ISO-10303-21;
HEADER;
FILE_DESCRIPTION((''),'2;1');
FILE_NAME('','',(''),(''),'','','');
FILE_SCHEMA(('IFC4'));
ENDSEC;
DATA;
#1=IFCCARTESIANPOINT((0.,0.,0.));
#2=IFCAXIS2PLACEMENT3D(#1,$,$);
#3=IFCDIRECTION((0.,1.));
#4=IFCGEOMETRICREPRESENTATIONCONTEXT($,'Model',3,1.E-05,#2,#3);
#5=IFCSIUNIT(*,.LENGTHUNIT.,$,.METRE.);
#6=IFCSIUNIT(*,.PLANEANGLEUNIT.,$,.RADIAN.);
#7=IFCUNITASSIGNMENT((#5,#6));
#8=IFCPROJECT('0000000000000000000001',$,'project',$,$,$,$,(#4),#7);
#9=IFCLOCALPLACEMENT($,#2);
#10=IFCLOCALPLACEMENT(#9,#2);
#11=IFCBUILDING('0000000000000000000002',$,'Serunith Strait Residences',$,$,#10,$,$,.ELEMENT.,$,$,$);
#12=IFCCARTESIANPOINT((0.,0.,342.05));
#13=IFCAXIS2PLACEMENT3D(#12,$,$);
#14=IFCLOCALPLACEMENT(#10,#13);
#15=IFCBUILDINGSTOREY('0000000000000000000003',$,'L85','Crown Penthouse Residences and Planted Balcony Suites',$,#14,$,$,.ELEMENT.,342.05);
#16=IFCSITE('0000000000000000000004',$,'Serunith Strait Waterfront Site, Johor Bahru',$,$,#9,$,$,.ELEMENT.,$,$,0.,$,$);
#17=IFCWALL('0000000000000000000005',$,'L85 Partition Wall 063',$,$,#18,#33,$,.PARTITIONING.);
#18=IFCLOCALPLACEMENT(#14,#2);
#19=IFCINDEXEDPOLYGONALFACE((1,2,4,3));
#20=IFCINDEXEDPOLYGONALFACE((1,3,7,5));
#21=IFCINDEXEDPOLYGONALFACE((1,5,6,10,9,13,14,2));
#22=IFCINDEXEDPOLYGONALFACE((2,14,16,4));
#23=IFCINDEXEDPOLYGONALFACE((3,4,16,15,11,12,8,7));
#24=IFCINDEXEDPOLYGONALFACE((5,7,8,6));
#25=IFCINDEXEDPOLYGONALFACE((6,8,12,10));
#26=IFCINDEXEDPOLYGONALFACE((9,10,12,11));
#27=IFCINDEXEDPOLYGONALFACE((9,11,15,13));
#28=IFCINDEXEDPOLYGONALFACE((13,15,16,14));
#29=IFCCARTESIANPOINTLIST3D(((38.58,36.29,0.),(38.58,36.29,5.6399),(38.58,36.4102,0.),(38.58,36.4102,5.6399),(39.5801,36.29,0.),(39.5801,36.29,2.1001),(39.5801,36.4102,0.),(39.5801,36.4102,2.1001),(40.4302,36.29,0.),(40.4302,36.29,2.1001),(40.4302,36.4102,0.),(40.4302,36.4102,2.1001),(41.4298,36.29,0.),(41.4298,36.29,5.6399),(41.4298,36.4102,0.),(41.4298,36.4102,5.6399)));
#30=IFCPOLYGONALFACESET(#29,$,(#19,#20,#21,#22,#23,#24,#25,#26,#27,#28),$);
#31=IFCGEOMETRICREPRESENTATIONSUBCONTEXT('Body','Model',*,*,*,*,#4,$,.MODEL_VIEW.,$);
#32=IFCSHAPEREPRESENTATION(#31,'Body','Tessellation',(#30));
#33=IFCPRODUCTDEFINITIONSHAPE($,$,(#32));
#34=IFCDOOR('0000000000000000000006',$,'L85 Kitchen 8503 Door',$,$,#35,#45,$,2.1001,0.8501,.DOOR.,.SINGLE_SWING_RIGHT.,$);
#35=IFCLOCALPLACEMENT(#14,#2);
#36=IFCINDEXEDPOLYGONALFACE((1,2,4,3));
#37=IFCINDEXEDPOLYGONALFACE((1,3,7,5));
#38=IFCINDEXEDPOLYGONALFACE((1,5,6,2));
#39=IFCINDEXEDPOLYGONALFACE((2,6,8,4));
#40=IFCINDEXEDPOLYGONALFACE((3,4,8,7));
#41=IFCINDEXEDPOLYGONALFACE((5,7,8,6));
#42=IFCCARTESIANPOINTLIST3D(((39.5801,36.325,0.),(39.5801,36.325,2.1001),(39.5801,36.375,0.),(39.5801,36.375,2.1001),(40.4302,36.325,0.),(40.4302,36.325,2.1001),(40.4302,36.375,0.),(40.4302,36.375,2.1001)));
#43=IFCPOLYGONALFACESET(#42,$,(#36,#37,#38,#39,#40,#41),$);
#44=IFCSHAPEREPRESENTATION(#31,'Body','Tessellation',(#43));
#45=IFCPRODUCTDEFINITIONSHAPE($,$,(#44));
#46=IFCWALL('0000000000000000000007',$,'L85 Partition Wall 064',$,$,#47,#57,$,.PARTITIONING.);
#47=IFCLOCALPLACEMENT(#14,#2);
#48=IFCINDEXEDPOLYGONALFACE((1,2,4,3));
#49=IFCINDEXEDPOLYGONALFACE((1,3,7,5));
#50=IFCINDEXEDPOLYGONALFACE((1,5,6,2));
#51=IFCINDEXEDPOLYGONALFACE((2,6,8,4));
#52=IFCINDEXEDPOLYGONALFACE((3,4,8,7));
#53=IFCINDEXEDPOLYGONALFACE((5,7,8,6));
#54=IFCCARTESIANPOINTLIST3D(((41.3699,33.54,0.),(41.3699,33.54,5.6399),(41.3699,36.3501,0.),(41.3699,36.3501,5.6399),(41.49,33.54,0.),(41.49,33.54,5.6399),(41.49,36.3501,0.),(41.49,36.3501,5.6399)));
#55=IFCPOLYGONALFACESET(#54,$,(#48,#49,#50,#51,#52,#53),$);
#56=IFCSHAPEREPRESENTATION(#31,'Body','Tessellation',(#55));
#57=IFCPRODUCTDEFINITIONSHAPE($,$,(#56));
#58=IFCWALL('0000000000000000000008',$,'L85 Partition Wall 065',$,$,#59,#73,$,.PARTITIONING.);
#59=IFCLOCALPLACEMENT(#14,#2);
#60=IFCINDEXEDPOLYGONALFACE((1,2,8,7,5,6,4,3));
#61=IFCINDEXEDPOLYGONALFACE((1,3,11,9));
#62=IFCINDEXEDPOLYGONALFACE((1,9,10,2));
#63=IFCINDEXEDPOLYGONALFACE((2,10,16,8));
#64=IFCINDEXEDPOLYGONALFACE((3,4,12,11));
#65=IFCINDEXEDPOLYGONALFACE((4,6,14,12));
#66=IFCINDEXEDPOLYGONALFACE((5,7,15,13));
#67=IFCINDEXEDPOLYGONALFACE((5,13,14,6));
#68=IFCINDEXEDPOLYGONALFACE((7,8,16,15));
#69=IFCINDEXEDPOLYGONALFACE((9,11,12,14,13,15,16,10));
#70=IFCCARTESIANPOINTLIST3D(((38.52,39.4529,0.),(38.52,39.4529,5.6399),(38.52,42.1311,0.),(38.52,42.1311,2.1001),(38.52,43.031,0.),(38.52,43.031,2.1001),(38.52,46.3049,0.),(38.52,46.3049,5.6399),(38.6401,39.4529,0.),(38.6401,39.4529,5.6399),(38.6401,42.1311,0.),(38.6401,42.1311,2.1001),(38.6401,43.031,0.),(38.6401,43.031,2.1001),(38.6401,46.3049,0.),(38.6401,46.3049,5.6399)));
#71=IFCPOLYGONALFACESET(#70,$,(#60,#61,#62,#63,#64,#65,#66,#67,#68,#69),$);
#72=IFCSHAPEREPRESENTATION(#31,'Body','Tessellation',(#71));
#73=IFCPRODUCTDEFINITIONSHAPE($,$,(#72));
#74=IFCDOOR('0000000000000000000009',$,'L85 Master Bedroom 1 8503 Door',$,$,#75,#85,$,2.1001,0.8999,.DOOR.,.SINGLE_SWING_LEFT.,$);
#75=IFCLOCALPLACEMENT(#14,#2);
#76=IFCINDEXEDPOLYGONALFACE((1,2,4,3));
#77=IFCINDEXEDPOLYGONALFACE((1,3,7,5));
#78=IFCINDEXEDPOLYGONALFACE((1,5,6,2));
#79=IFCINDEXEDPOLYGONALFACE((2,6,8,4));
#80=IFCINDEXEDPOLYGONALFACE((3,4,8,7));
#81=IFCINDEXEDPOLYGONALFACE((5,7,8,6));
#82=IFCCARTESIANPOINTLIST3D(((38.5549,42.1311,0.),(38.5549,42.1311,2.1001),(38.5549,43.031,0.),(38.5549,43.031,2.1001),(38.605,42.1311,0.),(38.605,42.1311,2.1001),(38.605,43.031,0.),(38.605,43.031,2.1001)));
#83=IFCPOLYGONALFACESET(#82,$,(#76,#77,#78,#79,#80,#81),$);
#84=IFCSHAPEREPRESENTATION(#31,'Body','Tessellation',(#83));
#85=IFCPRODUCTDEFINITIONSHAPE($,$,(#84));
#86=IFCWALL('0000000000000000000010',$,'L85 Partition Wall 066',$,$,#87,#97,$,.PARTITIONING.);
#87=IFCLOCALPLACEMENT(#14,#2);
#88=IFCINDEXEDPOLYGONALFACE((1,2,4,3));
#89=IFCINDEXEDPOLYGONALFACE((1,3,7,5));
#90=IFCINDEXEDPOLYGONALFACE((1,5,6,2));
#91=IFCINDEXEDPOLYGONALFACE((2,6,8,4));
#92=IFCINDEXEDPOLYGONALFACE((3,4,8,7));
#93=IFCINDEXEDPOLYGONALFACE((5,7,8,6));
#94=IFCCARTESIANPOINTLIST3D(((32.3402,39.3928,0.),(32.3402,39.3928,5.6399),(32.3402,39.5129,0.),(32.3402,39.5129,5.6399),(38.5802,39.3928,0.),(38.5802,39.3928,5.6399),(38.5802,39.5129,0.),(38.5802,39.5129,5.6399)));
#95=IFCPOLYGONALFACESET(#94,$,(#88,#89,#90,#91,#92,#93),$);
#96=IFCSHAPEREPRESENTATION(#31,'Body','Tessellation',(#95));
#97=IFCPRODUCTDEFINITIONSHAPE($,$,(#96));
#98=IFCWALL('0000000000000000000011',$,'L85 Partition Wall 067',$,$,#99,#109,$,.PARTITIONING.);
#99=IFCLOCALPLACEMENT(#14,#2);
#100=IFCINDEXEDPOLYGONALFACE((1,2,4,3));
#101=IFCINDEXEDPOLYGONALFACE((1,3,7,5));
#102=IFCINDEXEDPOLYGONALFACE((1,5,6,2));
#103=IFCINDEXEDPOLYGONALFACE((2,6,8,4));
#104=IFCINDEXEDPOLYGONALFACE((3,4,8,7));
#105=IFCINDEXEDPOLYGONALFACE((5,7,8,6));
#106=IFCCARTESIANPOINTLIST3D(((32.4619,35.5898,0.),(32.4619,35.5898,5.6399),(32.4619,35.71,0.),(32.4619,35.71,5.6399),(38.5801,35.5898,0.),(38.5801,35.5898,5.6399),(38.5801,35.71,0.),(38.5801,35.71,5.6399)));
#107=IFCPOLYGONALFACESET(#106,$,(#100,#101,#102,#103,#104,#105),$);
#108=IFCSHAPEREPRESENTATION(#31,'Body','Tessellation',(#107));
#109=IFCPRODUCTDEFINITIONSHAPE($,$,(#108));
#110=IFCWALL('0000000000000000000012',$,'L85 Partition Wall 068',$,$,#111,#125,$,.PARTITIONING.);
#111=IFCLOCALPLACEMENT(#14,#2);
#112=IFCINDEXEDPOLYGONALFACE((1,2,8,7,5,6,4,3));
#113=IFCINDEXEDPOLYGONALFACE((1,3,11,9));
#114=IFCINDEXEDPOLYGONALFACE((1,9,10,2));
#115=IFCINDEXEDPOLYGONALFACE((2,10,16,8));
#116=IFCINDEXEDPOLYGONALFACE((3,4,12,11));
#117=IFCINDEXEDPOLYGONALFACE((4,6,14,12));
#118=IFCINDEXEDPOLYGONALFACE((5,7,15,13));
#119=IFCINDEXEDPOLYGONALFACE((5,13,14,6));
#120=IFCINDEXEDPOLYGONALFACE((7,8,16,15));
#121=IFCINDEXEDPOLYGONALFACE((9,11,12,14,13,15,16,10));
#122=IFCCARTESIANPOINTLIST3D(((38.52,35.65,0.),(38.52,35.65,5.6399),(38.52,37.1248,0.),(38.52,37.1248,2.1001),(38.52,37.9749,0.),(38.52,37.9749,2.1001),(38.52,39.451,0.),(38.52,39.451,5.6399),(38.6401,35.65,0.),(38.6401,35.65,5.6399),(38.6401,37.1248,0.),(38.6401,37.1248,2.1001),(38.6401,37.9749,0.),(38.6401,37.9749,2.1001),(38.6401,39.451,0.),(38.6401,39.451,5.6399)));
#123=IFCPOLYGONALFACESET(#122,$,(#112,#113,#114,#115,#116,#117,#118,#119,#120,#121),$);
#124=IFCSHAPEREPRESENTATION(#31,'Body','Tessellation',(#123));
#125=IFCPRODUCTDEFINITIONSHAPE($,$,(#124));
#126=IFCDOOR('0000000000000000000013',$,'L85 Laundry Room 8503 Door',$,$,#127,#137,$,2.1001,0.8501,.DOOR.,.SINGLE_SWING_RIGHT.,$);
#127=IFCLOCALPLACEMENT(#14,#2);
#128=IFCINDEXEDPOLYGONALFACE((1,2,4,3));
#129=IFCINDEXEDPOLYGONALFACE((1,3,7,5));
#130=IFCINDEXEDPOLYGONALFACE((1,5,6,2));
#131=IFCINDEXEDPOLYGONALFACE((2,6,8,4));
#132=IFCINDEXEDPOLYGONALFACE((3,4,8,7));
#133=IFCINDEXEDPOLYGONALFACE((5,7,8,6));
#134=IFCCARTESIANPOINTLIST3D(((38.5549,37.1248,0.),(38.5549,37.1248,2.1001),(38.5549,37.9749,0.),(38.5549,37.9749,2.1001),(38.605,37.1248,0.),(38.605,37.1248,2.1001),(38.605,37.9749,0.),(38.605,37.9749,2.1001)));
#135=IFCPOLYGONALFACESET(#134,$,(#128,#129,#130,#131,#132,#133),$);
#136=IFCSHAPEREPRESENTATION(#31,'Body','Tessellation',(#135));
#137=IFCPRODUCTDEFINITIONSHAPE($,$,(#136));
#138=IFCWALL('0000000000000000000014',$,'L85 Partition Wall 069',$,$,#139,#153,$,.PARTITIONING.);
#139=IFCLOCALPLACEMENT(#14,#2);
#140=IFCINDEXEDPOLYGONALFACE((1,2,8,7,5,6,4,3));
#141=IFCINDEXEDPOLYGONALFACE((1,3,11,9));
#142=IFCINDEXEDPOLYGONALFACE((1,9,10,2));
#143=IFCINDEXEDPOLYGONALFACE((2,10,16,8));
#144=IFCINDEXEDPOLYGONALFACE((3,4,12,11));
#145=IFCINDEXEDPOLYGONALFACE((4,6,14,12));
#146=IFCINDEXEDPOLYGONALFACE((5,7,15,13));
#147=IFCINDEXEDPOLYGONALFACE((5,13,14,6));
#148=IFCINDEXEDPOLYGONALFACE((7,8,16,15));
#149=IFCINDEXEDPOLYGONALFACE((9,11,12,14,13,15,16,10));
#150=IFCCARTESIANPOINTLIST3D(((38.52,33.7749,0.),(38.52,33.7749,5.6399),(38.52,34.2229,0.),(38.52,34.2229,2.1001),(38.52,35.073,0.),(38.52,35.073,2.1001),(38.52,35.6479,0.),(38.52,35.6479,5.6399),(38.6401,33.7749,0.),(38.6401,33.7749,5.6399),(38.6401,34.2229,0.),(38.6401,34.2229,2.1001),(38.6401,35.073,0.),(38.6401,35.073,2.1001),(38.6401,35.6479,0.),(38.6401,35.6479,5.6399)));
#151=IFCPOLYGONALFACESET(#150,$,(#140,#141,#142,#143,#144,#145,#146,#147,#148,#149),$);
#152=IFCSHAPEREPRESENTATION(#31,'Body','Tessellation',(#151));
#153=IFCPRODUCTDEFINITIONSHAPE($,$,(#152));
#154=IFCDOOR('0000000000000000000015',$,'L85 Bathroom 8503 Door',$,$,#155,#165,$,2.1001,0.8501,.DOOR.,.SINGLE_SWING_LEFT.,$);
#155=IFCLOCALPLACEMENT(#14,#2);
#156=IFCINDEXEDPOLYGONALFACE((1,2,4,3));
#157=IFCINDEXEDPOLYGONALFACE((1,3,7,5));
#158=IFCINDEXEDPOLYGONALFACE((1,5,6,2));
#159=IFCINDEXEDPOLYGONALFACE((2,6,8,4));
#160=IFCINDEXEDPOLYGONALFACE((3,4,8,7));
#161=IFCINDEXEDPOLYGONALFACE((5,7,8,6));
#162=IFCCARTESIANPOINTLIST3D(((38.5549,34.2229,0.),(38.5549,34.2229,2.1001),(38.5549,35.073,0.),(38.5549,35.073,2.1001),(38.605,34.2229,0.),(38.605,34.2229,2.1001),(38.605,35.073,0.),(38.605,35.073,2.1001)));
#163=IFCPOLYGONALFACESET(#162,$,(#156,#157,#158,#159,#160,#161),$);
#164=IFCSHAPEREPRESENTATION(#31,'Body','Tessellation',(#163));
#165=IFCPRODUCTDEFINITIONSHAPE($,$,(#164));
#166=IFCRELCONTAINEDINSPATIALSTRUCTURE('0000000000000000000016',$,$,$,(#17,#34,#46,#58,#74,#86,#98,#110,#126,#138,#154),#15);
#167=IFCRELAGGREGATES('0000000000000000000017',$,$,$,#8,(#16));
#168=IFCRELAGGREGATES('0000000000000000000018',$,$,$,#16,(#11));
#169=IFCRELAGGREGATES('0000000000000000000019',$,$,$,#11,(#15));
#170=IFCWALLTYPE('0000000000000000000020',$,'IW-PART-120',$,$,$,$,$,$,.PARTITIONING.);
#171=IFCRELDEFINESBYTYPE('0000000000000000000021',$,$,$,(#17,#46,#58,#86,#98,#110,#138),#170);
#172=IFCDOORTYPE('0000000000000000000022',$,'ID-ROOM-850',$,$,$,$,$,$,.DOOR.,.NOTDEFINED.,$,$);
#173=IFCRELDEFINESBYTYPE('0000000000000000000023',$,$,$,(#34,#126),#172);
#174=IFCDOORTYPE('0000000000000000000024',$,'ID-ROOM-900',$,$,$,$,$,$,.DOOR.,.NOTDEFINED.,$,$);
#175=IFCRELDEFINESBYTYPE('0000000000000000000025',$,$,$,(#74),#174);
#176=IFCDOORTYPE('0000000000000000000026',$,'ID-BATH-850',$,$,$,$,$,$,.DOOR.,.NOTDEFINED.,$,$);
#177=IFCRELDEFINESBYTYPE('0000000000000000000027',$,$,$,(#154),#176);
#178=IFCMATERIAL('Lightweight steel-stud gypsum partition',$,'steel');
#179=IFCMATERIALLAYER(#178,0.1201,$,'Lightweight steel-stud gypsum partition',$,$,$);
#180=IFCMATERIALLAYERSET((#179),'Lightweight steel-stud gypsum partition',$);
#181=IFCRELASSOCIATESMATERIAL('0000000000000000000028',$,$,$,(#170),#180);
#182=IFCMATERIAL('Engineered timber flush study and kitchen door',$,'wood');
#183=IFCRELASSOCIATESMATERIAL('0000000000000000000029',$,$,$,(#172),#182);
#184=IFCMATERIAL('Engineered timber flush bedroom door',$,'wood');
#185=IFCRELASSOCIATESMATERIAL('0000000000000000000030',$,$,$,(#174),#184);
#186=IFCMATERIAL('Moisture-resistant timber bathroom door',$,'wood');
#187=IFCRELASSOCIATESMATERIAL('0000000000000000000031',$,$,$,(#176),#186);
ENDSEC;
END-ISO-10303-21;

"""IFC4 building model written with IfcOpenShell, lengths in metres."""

from ifc_helpers import new_model, si_unit, direction, frame, frame_2d, origin, place, context, subcontext, project, spatial, rectangle, extrude, source, transform, mapped, material, layer, layer_set, type_object, element, fill, save


model = new_model("IFC4")

# Units and contexts
model_context = context("Model", 3, precision=1e-05, world=origin(), true_north=direction((0.0, 1.0)))
body_context = subcontext(model_context, "Body", "Model", "MODEL_VIEW")
ifc_project = project(units=[si_unit("LENGTHUNIT", "METRE"), si_unit("PLANEANGLEUNIT", "RADIAN")], contexts=[model_context])

# Site, building, storey
site_placement = place(None, origin())
site = spatial("IfcSite", under=ifc_project, at=site_placement, Name="Serunith Strait Waterfront Site, Johor Bahru", CompositionType="ELEMENT", RefElevation=0.0)
building_placement = place(site_placement, origin())
building = spatial("IfcBuilding", under=site, at=building_placement, Name="Serunith Strait Residences", CompositionType="ELEMENT")
storey_placement = place(building_placement, frame((0.0, 0.0, 342.05)))
storey = spatial("IfcBuildingStorey", under=building, at=storey_placement, Name="L85", Description="Crown Penthouse Residences and Planted Balcony Suites", CompositionType="ELEMENT", Elevation=342.05)

# Wall, opening, door
ifc_material_1 = material(Name="Lightweight steel-stud gypsum partition", Category="steel")
ifc_layer_1 = layer(ifc_material_1, 0.1201, Name="Lightweight steel-stud gypsum partition")
ifc_layer_set_1 = layer_set([ifc_layer_1], Name="Lightweight steel-stud gypsum partition")
wall_type_1 = type_object("IfcWallType", Name="IW-PART-120", PredefinedType="PARTITIONING", material=ifc_layer_set_1)
wall_1_placement = place(storey_placement, frame((38.5801, 36.3501, 0.0), z_axis=(0.0, 0.0, 1.0), x_axis=(1.0, 0.0, 0.0)))
wall_1 = element("IfcWall", 1, at=wall_1_placement, inside=storey, type_object=wall_type_1, Name="L85 Partition Wall 063", PredefinedType="PARTITIONING", context=body_context, shape_type="SweptSolid", body=[
    extrude(rectangle(XDim=2.8499, YDim=0.1201, at=frame_2d((1.4248, 0.0))), origin(), (0.0, 0.0, 1.0), 5.6399),
])
opening_1_placement = place(wall_1_placement, frame((1.0, 0.0, 0.0)))
opening_1 = element("IfcOpeningElement", 2, at=opening_1_placement, cuts=wall_1, PredefinedType="OPENING", context=body_context, shape_type="SweptSolid", body=[
    extrude(rectangle(XDim=0.8501, YDim=2.1001, at=frame_2d((0.425, 1.05))), frame((0.0, 0.0701, 0.0), z_axis=(0.0, -1.0, 0.0), x_axis=(1.0, 0.0, 0.0)), (0.0, 0.0, 1.0), 0.1401),
])
ifc_material_2 = material(Name="Engineered timber flush study and kitchen door", Category="wood")
door_type_1 = type_object("IfcDoorType", Name="ID-ROOM-850", OperationType="NOTDEFINED", PredefinedType="DOOR", material=ifc_material_2)
shared_shape_1 = source(origin(), body_context, "Body", "SweptSolid", [
    extrude(rectangle(XDim=0.8501, YDim=2.1001, at=frame_2d((0.425, 1.05))), frame((0.0, 0.0249, 0.0), z_axis=(0.0, -1.0, 0.0), x_axis=(1.0, 0.0, 0.0)), (0.0, 0.0, 1.0), 0.05),
])
door_1_placement = place(opening_1_placement, origin())
door_1 = element("IfcDoor", 3, at=door_1_placement, inside=storey, type_object=door_type_1, Name="L85 Kitchen 8503 Door", OperationType="SINGLE_SWING_RIGHT", OverallHeight=2.1001, OverallWidth=0.8501, PredefinedType="DOOR", context=body_context, shape_type="MappedRepresentation", body=[
    mapped(shared_shape_1, transform((0.0, 0.0, 0.0), scale=1.0)),
])
fill(opening_1, door_1)

# Wall
wall_2_placement = place(storey_placement, frame((41.4299, 36.3501, 0.0), z_axis=(0.0, 0.0, 1.0), x_axis=(0.0, -1.0, 0.0)))
element("IfcWall", 4, at=wall_2_placement, inside=storey, type_object=wall_type_1, Name="L85 Partition Wall 064", PredefinedType="PARTITIONING", context=body_context, shape_type="SweptSolid", body=[
    extrude(rectangle(XDim=2.8101, YDim=0.1201, at=frame_2d((1.405, 0.0))), origin(), (0.0, 0.0, 1.0), 5.6399),
])

# Wall, opening, door
wall_3_placement = place(storey_placement, frame((38.5801, 46.3049, 0.0), z_axis=(0.0, 0.0, 1.0), x_axis=(0.0, -1.0, 0.0)))
wall_3 = element("IfcWall", 5, at=wall_3_placement, inside=storey, type_object=wall_type_1, Name="L85 Partition Wall 065", PredefinedType="PARTITIONING", context=body_context, shape_type="SweptSolid", body=[
    extrude(rectangle(XDim=6.8521, YDim=0.1201, at=frame_2d((3.426, 0.0))), origin(), (0.0, 0.0, 1.0), 5.6399),
])
opening_2_placement = place(wall_3_placement, frame((3.2739, 0.0, 0.0)))
opening_2 = element("IfcOpeningElement", 6, at=opening_2_placement, cuts=wall_3, PredefinedType="OPENING", context=body_context, shape_type="SweptSolid", body=[
    extrude(rectangle(XDim=0.8999, YDim=2.1001, at=frame_2d((0.45, 1.05))), frame((0.0, 0.0701, 0.0), z_axis=(0.0, -1.0, 0.0), x_axis=(1.0, 0.0, 0.0)), (0.0, 0.0, 1.0), 0.1401),
])
ifc_material_3 = material(Name="Engineered timber flush bedroom door", Category="wood")
door_type_2 = type_object("IfcDoorType", Name="ID-ROOM-900", OperationType="NOTDEFINED", PredefinedType="DOOR", material=ifc_material_3)
shared_shape_2 = source(origin(), body_context, "Body", "SweptSolid", [
    extrude(rectangle(XDim=0.8999, YDim=2.1001, at=frame_2d((0.45, 1.05))), frame((0.0, 0.0249, 0.0), z_axis=(0.0, -1.0, 0.0), x_axis=(1.0, 0.0, 0.0)), (0.0, 0.0, 1.0), 0.05),
])
door_2_placement = place(opening_2_placement, origin())
door_2 = element("IfcDoor", 7, at=door_2_placement, inside=storey, type_object=door_type_2, Name="L85 Master Bedroom 1 8503 Door", OperationType="SINGLE_SWING_LEFT", OverallHeight=2.1001, OverallWidth=0.8999, PredefinedType="DOOR", context=body_context, shape_type="MappedRepresentation", body=[
    mapped(shared_shape_2, transform((0.0, 0.0, 0.0), scale=1.0)),
])
fill(opening_2, door_2)

# Walls
wall_4_placement = place(storey_placement, frame((32.3401, 39.4529, 0.0), z_axis=(0.0, 0.0, 1.0), x_axis=(1.0, 0.0, 0.0)))
element("IfcWall", 8, at=wall_4_placement, inside=storey, type_object=wall_type_1, Name="L85 Partition Wall 066", PredefinedType="PARTITIONING", context=body_context, shape_type="SweptSolid", body=[
    extrude(rectangle(XDim=6.24, YDim=0.1201, at=frame_2d((3.1201, 0.0))), origin(), (0.0, 0.0, 1.0), 5.6399),
])
wall_5_placement = place(storey_placement, frame((32.4619, 35.6499, 0.0), z_axis=(0.0, 0.0, 1.0), x_axis=(1.0, 0.0, 0.0)))
element("IfcWall", 9, at=wall_5_placement, inside=storey, type_object=wall_type_1, Name="L85 Partition Wall 067", PredefinedType="PARTITIONING", context=body_context, shape_type="SweptSolid", body=[
    extrude(rectangle(XDim=6.1182, YDim=0.1201, at=frame_2d((3.0591, 0.0))), origin(), (0.0, 0.0, 1.0), 5.6399),
])

# Walls, openings, doors
wall_6_placement = place(storey_placement, frame((38.5801, 39.4509, 0.0), z_axis=(0.0, 0.0, 1.0), x_axis=(0.0, -1.0, 0.0)))
wall_6 = element("IfcWall", 10, at=wall_6_placement, inside=storey, type_object=wall_type_1, Name="L85 Partition Wall 068", PredefinedType="PARTITIONING", context=body_context, shape_type="SweptSolid", body=[
    extrude(rectangle(XDim=3.801, YDim=0.1201, at=frame_2d((1.9004, 0.0))), origin(), (0.0, 0.0, 1.0), 5.6399),
])
opening_3_placement = place(wall_6_placement, frame((1.4761, 0.0, 0.0)))
opening_3 = element("IfcOpeningElement", 11, at=opening_3_placement, cuts=wall_6, PredefinedType="OPENING", context=body_context, shape_type="SweptSolid", body=[
    extrude(rectangle(XDim=0.8501, YDim=2.1001, at=frame_2d((0.425, 1.05))), frame((0.0, 0.0701, 0.0), z_axis=(0.0, -1.0, 0.0), x_axis=(1.0, 0.0, 0.0)), (0.0, 0.0, 1.0), 0.1401),
])
door_3_placement = place(opening_3_placement, origin())
door_3 = element("IfcDoor", 12, at=door_3_placement, inside=storey, type_object=door_type_1, Name="L85 Laundry Room 8503 Door", OperationType="SINGLE_SWING_RIGHT", OverallHeight=2.1001, OverallWidth=0.8501, PredefinedType="DOOR", context=body_context, shape_type="MappedRepresentation", body=[
    mapped(shared_shape_1, transform((0.0, 0.0, 0.0), scale=1.0)),
])
fill(opening_3, door_3)
wall_7_placement = place(storey_placement, frame((38.5801, 35.6479, 0.0), z_axis=(0.0, 0.0, 1.0), x_axis=(0.0, -1.0, 0.0)))
wall_7 = element("IfcWall", 13, at=wall_7_placement, inside=storey, type_object=wall_type_1, Name="L85 Partition Wall 069", PredefinedType="PARTITIONING", context=body_context, shape_type="SweptSolid", body=[
    extrude(rectangle(XDim=1.873, YDim=0.1201, at=frame_2d((0.9365, 0.0))), origin(), (0.0, 0.0, 1.0), 5.6399),
])
opening_4_placement = place(wall_7_placement, frame((0.575, 0.0, 0.0)))
opening_4 = element("IfcOpeningElement", 14, at=opening_4_placement, cuts=wall_7, PredefinedType="OPENING", context=body_context, shape_type="SweptSolid", body=[
    extrude(rectangle(XDim=0.8501, YDim=2.1001, at=frame_2d((0.425, 1.05))), frame((0.0, 0.0701, 0.0), z_axis=(0.0, -1.0, 0.0), x_axis=(1.0, 0.0, 0.0)), (0.0, 0.0, 1.0), 0.1401),
])
ifc_material_4 = material(Name="Moisture-resistant timber bathroom door", Category="wood")
door_type_3 = type_object("IfcDoorType", Name="ID-BATH-850", OperationType="NOTDEFINED", PredefinedType="DOOR", material=ifc_material_4)
door_4_placement = place(opening_4_placement, origin())
door_4 = element("IfcDoor", 15, at=door_4_placement, inside=storey, type_object=door_type_3, Name="L85 Bathroom 8503 Door", OperationType="SINGLE_SWING_LEFT", OverallHeight=2.1001, OverallWidth=0.8501, PredefinedType="DOOR", context=body_context, shape_type="MappedRepresentation", body=[
    mapped(shared_shape_1, transform((0.0, 0.0, 0.0), scale=1.0)),
])
fill(opening_4, door_4)

save(model, "model.ifc")
